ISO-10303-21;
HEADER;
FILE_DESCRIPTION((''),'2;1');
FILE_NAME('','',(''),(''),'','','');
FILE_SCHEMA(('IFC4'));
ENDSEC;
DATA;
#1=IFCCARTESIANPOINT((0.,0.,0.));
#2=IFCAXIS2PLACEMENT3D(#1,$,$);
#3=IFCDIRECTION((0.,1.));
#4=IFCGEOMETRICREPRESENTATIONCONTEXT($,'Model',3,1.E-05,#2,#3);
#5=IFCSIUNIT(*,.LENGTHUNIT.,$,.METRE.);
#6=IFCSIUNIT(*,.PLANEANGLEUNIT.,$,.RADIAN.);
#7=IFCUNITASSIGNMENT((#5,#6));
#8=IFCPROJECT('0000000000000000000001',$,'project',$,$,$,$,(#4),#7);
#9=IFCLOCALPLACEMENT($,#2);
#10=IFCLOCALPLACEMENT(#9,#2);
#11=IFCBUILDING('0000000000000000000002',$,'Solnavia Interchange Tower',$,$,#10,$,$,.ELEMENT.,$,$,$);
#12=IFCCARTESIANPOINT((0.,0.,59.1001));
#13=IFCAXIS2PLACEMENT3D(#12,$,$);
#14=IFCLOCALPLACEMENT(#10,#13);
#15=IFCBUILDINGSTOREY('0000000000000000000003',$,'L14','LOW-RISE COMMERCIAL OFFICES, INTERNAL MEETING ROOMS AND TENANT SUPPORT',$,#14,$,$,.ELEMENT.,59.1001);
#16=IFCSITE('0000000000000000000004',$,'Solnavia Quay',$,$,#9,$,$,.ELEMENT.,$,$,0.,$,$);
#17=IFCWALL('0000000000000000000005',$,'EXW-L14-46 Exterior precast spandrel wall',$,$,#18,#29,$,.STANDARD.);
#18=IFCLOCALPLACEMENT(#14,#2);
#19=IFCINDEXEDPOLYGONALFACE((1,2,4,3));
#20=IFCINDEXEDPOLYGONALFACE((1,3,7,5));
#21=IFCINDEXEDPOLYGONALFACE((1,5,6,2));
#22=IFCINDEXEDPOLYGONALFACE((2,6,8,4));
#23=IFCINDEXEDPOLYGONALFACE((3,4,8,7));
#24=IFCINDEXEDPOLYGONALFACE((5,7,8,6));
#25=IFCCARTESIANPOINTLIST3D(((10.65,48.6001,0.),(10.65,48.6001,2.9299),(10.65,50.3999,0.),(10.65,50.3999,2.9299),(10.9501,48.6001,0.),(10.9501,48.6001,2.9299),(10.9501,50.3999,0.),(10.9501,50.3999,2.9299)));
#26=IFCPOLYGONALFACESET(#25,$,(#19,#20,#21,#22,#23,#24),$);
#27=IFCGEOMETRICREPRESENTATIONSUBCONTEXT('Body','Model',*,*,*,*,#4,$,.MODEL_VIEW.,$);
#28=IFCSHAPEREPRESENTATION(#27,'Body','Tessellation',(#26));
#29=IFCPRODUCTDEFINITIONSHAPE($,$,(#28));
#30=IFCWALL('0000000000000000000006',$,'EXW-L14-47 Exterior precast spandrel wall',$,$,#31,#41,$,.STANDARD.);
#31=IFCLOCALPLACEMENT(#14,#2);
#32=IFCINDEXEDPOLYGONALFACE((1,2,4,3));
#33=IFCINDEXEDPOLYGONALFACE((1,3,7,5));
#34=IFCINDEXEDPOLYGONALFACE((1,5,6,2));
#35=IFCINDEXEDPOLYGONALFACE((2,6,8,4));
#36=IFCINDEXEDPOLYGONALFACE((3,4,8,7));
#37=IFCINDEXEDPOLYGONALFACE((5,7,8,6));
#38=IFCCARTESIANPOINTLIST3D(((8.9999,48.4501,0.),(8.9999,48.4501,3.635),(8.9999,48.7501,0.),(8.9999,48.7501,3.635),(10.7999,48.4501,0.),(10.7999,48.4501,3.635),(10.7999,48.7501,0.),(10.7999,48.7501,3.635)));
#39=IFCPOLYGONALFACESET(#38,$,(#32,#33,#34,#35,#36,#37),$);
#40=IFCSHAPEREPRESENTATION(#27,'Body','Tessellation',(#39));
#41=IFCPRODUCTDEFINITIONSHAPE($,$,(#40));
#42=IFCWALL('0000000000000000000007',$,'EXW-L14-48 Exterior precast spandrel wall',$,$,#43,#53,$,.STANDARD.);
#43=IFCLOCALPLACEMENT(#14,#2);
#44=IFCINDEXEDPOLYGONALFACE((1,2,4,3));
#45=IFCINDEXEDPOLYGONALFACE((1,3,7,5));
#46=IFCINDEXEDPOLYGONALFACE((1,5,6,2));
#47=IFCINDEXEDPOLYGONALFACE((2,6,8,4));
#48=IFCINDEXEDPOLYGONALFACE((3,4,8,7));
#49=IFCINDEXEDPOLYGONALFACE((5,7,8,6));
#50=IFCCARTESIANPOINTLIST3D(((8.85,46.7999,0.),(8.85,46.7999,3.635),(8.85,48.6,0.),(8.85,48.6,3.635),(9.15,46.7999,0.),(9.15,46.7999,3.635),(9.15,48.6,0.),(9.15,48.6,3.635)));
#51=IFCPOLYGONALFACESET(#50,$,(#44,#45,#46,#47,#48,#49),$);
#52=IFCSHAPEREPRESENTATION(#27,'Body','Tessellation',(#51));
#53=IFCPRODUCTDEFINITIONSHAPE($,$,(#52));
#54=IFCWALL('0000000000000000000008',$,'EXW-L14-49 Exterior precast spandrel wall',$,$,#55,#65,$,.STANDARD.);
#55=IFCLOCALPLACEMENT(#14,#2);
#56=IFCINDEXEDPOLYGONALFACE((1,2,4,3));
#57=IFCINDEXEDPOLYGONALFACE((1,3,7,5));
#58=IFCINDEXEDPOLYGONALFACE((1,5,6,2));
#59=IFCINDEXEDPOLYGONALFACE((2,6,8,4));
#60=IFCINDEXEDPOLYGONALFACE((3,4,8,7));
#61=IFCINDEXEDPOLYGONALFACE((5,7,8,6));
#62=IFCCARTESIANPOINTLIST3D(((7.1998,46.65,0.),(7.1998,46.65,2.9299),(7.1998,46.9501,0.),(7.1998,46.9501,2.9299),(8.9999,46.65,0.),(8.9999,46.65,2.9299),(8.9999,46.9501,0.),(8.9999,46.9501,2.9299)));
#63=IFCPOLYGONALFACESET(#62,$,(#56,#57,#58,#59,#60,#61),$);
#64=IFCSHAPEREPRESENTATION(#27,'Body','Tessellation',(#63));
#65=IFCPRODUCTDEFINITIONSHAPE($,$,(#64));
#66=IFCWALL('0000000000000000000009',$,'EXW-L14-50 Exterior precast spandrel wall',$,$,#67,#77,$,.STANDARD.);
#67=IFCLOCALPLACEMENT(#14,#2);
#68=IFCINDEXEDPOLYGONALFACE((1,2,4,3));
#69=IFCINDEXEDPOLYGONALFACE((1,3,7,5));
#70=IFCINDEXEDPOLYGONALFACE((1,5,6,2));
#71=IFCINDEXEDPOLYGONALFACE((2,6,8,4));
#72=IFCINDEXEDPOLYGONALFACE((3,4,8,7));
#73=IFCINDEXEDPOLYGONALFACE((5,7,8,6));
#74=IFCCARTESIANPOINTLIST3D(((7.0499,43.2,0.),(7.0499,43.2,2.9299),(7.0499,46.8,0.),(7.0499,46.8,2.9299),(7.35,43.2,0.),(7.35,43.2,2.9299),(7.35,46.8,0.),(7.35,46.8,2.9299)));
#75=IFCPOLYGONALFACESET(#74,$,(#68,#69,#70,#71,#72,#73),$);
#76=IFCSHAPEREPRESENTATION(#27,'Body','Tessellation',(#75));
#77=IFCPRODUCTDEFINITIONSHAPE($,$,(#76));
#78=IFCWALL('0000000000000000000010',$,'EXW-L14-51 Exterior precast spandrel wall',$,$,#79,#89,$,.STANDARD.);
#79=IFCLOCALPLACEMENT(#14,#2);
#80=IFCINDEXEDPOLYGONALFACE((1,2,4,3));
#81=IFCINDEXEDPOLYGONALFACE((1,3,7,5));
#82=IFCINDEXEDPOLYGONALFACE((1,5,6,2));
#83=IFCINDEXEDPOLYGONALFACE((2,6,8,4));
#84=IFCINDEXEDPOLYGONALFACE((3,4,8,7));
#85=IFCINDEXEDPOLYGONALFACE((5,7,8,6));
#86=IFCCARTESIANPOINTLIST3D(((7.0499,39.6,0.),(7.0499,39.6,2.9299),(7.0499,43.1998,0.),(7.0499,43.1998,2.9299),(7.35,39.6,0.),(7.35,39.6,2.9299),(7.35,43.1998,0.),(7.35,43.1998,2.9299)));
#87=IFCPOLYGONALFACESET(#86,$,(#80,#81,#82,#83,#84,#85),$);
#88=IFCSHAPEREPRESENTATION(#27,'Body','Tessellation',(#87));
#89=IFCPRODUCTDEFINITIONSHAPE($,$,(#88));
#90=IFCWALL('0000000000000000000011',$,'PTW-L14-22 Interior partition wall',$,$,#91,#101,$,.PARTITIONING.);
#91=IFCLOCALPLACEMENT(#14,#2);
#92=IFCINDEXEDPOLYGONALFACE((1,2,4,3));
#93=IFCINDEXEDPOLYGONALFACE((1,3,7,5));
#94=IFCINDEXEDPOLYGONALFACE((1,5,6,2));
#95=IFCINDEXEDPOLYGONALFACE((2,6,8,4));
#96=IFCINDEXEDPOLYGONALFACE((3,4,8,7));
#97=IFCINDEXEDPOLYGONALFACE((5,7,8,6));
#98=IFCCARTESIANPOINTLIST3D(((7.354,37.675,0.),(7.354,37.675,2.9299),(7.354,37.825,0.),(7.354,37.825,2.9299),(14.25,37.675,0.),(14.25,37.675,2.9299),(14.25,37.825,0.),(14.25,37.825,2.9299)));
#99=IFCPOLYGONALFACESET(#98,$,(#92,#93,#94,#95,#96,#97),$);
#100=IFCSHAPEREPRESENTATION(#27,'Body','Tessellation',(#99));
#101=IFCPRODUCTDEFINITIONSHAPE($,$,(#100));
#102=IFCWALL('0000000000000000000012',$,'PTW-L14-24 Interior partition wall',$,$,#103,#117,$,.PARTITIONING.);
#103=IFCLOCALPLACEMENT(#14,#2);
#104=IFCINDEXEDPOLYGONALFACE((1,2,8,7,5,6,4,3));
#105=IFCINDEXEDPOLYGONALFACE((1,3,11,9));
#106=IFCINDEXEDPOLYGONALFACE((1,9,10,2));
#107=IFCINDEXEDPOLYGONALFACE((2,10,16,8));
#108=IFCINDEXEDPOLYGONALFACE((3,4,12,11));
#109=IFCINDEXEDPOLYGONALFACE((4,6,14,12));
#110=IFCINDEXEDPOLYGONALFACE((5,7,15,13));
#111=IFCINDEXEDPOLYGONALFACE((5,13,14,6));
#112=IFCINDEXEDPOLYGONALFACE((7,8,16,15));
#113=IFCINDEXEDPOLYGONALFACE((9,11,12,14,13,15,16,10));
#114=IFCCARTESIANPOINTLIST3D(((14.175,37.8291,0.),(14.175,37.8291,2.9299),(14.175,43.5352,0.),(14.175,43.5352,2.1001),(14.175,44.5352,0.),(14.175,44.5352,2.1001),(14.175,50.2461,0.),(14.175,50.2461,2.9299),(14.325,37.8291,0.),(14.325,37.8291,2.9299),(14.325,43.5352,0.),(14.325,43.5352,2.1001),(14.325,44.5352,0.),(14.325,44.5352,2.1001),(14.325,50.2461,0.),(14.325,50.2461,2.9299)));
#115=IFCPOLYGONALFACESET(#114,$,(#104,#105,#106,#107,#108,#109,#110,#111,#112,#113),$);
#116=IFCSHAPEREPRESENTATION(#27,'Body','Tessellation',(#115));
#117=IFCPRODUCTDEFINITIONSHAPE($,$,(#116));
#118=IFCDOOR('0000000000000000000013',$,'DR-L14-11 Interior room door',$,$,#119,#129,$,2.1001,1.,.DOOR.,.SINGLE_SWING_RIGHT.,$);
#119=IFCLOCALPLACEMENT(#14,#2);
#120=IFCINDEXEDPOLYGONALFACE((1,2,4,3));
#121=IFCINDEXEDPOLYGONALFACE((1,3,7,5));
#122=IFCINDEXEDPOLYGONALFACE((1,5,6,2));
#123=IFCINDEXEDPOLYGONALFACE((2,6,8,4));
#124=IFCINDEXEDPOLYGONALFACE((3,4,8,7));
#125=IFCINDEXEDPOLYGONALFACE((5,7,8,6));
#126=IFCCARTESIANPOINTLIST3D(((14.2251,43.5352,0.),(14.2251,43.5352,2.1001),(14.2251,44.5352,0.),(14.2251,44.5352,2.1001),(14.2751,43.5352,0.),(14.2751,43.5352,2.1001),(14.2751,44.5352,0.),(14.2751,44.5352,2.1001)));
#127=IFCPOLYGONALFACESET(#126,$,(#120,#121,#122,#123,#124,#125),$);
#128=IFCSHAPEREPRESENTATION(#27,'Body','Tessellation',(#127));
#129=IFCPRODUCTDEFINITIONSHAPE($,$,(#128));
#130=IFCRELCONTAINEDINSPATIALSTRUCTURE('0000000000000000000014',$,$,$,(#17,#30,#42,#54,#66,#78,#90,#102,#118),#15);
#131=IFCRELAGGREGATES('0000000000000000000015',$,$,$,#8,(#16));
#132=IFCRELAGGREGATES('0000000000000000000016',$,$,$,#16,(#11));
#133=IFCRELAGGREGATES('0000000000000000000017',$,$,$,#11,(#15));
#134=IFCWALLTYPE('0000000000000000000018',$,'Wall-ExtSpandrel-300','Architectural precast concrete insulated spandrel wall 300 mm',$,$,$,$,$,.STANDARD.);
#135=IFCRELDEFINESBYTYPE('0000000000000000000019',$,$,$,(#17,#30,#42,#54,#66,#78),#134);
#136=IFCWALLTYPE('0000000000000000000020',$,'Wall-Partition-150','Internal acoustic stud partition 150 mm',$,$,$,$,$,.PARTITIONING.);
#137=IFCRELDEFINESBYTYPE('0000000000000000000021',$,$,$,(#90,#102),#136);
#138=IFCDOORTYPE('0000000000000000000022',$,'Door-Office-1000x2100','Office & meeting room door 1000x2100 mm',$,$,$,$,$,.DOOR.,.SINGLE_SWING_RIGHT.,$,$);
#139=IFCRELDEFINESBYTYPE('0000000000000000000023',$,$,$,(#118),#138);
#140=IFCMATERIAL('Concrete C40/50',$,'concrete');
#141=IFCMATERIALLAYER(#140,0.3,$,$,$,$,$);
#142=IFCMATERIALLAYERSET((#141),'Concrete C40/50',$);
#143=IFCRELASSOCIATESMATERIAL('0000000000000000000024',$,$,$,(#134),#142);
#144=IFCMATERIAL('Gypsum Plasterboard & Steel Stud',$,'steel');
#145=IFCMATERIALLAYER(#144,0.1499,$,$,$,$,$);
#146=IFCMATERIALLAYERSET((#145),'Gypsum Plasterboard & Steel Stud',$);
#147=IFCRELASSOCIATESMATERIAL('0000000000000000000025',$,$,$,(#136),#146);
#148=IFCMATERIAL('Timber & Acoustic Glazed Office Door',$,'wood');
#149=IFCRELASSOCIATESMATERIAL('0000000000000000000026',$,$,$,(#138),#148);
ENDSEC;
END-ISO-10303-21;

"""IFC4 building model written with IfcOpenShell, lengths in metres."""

from ifc_helpers import new_model, si_unit, direction, frame, frame_2d, origin, place, context, subcontext, project, spatial, rectangle, extrude, material, layer, layer_set, type_object, element, fill, save


model = new_model("IFC4")

# Units and contexts
model_context = context("Model", 3, precision=1e-05, world=origin(), true_north=direction((0.0, 1.0)))
body_context = subcontext(model_context, "Body", "Model", "MODEL_VIEW")
ifc_project = project(units=[si_unit("LENGTHUNIT", "METRE"), si_unit("PLANEANGLEUNIT", "RADIAN")], contexts=[model_context])

# Site, building, storey
site_placement = place(None, origin())
site = spatial("IfcSite", under=ifc_project, at=site_placement, Name="Solnavia Quay", CompositionType="ELEMENT", RefElevation=0.0)
building_placement = place(site_placement, origin())
building = spatial("IfcBuilding", under=site, at=building_placement, Name="Solnavia Interchange Tower", CompositionType="ELEMENT")
storey_placement = place(building_placement, frame((0.0, 0.0, 59.1001)))
storey = spatial("IfcBuildingStorey", under=building, at=storey_placement, Name="L14", Description="LOW-RISE COMMERCIAL OFFICES, INTERNAL MEETING ROOMS AND TENANT SUPPORT", CompositionType="ELEMENT", Elevation=59.1001)

# Walls
ifc_material_1 = material(Name="Concrete C40/50", Category="concrete")
ifc_layer_1 = layer(ifc_material_1, 0.3)
ifc_layer_set_1 = layer_set([ifc_layer_1], Name="Concrete C40/50")
wall_type_1 = type_object("IfcWallType", Name="Wall-ExtSpandrel-300", Description="Architectural precast concrete insulated spandrel wall 300 mm", PredefinedType="STANDARD", material=ifc_layer_set_1)
wall_1_placement = place(storey_placement, frame((10.8, 48.6001, 0.0), z_axis=(0.0, 0.0, 1.0), x_axis=(0.0, 1.0, 0.0)))
element("IfcWall", 1, at=wall_1_placement, inside=storey, type_object=wall_type_1, Name="EXW-L14-46 Exterior precast spandrel wall", PredefinedType="STANDARD", context=body_context, shape_type="SweptSolid", body=[
    extrude(rectangle(XDim=1.7998, YDim=0.3, at=frame_2d((0.8999, 0.0))), origin(), (0.0, 0.0, 1.0), 2.9299),
])
for number, where, z_axis, x_axis, name in (
    (2, (9.0, 48.6001, 0.0), (0.0, 0.0, 1.0), (1.0, 0.0, 0.0), "EXW-L14-47 Exterior precast spandrel wall"),
    (3, (9.0, 46.8, 0.0), (0.0, 0.0, 1.0), (0.0, 1.0, 0.0), "EXW-L14-48 Exterior precast spandrel wall"),
):
    element("IfcWall", number, at=place(storey_placement, frame(where, z_axis=z_axis, x_axis=x_axis)), inside=storey, type_object=wall_type_1, Name=name, PredefinedType="STANDARD", context=body_context, shape_type="SweptSolid", body=[
        extrude(rectangle(XDim=1.8, YDim=0.3, at=frame_2d((0.8999, 0.0))), origin(), (0.0, 0.0, 1.0), 3.635),
    ])
wall_2_placement = place(storey_placement, frame((7.2, 46.8, 0.0), z_axis=(0.0, 0.0, 1.0), x_axis=(1.0, 0.0, 0.0)))
element("IfcWall", 4, at=wall_2_placement, inside=storey, type_object=wall_type_1, Name="EXW-L14-49 Exterior precast spandrel wall", PredefinedType="STANDARD", context=body_context, shape_type="SweptSolid", body=[
    extrude(rectangle(XDim=1.8, YDim=0.3, at=frame_2d((0.8999, 0.0))), origin(), (0.0, 0.0, 1.0), 2.9299),
])
wall_3_placement = place(storey_placement, frame((7.2, 43.2, 0.0), z_axis=(0.0, 0.0, 1.0), x_axis=(0.0, 1.0, 0.0)))
element("IfcWall", 5, at=wall_3_placement, inside=storey, type_object=wall_type_1, Name="EXW-L14-50 Exterior precast spandrel wall", PredefinedType="STANDARD", context=body_context, shape_type="SweptSolid", body=[
    extrude(rectangle(XDim=3.6001, YDim=0.3, at=frame_2d((1.8, 0.0))), origin(), (0.0, 0.0, 1.0), 2.9299),
])
wall_4_placement = place(storey_placement, frame((7.2, 39.6001, 0.0), z_axis=(0.0, 0.0, 1.0), x_axis=(0.0, 1.0, 0.0)))
element("IfcWall", 6, at=wall_4_placement, inside=storey, type_object=wall_type_1, Name="EXW-L14-51 Exterior precast spandrel wall", PredefinedType="STANDARD", context=body_context, shape_type="SweptSolid", body=[
    extrude(rectangle(XDim=3.5999, YDim=0.3, at=frame_2d((1.7998, 0.0))), origin(), (0.0, 0.0, 1.0), 2.9299),
])
ifc_material_2 = material(Name="Gypsum Plasterboard & Steel Stud", Category="steel")
ifc_layer_2 = layer(ifc_material_2, 0.1499)
ifc_layer_set_2 = layer_set([ifc_layer_2], Name="Gypsum Plasterboard & Steel Stud")
wall_type_2 = type_object("IfcWallType", Name="Wall-Partition-150", Description="Internal acoustic stud partition 150 mm", PredefinedType="PARTITIONING", material=ifc_layer_set_2)
wall_5_placement = place(storey_placement, frame((7.354, 37.75, 0.0), z_axis=(0.0, 0.0, 1.0), x_axis=(1.0, 0.0, 0.0)))
element("IfcWall", 7, at=wall_5_placement, inside=storey, type_object=wall_type_2, Name="PTW-L14-22 Interior partition wall", PredefinedType="PARTITIONING", context=body_context, shape_type="SweptSolid", body=[
    extrude(rectangle(XDim=6.896, YDim=0.1499, at=frame_2d((3.448, 0.0))), origin(), (0.0, 0.0, 1.0), 2.9299),
])

# Wall, opening, door
wall_6_placement = place(storey_placement, frame((14.25, 37.8291, 0.0), z_axis=(0.0, 0.0, 1.0), x_axis=(0.0, 1.0, 0.0)))
wall_6 = element("IfcWall", 8, at=wall_6_placement, inside=storey, type_object=wall_type_2, Name="PTW-L14-24 Interior partition wall", PredefinedType="PARTITIONING", context=body_context, shape_type="SweptSolid", body=[
    extrude(rectangle(XDim=12.417, YDim=0.1499, at=frame_2d((6.2085, 0.0))), origin(), (0.0, 0.0, 1.0), 2.9299),
])
opening_placement = place(wall_6_placement, frame((5.7061, 0.0, 0.0)))
opening = element("IfcOpeningElement", 9, at=opening_placement, cuts=wall_6, PredefinedType="OPENING", context=body_context, shape_type="SweptSolid", body=[
    extrude(rectangle(XDim=1.0, YDim=2.1001, at=frame_2d((0.5, 1.05))), frame((0.0, 0.085, 0.0), z_axis=(0.0, -1.0, 0.0), x_axis=(1.0, 0.0, 0.0)), (0.0, 0.0, 1.0), 0.1699),
])
ifc_material_3 = material(Name="Timber & Acoustic Glazed Office Door", Category="wood")
door_type = type_object("IfcDoorType", Name="Door-Office-1000x2100", Description="Office & meeting room door 1000x2100 mm", OperationType="SINGLE_SWING_RIGHT", PredefinedType="DOOR", material=ifc_material_3)
door_placement = place(opening_placement, origin())
door = element("IfcDoor", 10, at=door_placement, inside=storey, type_object=door_type, Name="DR-L14-11 Interior room door", OperationType="SINGLE_SWING_RIGHT", OverallHeight=2.1001, OverallWidth=1.0, PredefinedType="DOOR", context=body_context, shape_type="SweptSolid", body=[
    extrude(rectangle(XDim=1.0, YDim=2.1001, at=frame_2d((0.5, 1.05))), frame((0.0, 0.0249, 0.0), z_axis=(0.0, -1.0, 0.0), x_axis=(1.0, 0.0, 0.0)), (0.0, 0.0, 1.0), 0.05),
])
fill(opening, door)

save(model, "model.ifc")
